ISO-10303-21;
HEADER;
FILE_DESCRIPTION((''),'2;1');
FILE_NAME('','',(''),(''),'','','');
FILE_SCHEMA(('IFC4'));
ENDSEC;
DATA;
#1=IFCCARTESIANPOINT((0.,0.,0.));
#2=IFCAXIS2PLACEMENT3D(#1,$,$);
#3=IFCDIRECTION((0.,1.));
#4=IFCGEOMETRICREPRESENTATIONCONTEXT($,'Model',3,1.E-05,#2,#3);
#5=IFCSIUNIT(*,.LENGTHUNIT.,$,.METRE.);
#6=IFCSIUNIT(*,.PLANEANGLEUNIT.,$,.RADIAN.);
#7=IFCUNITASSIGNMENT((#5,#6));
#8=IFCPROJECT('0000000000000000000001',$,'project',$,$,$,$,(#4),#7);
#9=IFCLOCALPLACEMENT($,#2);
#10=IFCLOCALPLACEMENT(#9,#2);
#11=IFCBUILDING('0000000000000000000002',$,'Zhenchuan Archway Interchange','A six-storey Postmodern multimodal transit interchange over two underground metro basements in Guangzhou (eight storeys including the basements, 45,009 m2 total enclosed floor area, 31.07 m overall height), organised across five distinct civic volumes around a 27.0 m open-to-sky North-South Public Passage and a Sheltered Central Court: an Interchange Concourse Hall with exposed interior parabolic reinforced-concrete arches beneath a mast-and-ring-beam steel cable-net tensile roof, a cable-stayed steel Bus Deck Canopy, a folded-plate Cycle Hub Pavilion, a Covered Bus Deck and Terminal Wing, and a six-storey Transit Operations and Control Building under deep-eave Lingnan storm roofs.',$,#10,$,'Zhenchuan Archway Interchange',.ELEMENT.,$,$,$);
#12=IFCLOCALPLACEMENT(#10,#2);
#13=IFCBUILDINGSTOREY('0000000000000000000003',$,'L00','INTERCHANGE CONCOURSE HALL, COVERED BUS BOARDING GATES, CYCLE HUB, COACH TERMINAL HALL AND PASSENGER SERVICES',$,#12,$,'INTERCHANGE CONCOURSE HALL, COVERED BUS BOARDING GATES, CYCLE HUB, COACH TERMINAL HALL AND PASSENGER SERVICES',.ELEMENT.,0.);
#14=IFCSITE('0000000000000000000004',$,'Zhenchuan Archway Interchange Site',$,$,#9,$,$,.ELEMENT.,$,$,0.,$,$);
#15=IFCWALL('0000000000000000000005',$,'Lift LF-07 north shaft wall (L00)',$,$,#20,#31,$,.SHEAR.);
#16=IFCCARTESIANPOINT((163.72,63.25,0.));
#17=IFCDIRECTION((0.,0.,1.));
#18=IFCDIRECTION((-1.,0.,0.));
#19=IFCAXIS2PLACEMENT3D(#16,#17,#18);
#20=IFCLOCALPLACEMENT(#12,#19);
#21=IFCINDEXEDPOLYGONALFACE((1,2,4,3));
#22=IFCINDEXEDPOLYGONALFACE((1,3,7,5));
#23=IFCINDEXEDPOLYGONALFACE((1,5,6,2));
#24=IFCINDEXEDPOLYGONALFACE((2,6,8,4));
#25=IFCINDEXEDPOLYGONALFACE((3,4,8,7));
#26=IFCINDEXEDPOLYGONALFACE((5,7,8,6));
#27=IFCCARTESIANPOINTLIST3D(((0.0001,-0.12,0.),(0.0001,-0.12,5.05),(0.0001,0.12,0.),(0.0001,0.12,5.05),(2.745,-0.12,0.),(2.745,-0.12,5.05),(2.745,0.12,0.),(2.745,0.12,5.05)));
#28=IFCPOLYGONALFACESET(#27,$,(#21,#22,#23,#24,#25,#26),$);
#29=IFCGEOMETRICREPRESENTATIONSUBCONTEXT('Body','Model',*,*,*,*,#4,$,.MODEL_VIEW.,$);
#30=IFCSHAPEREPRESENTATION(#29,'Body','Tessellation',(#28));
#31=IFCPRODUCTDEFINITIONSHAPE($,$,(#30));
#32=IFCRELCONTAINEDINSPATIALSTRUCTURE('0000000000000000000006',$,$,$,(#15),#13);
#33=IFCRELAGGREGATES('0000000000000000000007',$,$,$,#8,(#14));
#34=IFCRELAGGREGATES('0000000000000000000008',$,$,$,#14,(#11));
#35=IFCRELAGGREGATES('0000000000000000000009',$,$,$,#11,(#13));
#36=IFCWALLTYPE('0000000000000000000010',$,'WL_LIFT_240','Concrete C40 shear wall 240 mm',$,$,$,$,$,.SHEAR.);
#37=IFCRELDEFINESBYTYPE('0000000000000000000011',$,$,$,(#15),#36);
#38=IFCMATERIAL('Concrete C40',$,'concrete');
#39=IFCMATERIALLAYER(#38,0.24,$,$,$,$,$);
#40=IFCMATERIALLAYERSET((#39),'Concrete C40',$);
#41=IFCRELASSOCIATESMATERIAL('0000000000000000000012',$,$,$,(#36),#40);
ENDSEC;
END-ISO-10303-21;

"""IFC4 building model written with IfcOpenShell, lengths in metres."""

from ifc_helpers import new_model, si_unit, direction, frame, frame_2d, origin, place, context, subcontext, project, spatial, rectangle, extrude, material, layer, layer_set, type_object, element, save


model = new_model("IFC4")

# Units and contexts
model_context = context("Model", 3, precision=1e-05, world=origin(), true_north=direction((0.0, 1.0)))
body_context = subcontext(model_context, "Body", "Model", "MODEL_VIEW")
ifc_project = project(units=[si_unit("LENGTHUNIT", "METRE"), si_unit("PLANEANGLEUNIT", "RADIAN")], contexts=[model_context])

# Site, building, storey
site_placement = place(None, origin())
site = spatial("IfcSite", under=ifc_project, at=site_placement, Name="Zhenchuan Archway Interchange Site", CompositionType="ELEMENT", RefElevation=0.0)
building_placement = place(site_placement, origin())
building = spatial("IfcBuilding", under=site, at=building_placement, Name="Zhenchuan Archway Interchange", Description="A six-storey Postmodern multimodal transit interchange over two underground metro basements in Guangzhou (eight storeys including the basements, 45,009 m2 total enclosed floor area, 31.07 m overall height), organised across five distinct civic volumes around a 27.0 m open-to-sky North-South Public Passage and a Sheltered Central Court: an Interchange Concourse Hall with exposed interior parabolic reinforced-concrete arches beneath a mast-and-ring-beam steel cable-net tensile roof, a cable-stayed steel Bus Deck Canopy, a folded-plate Cycle Hub Pavilion, a Covered Bus Deck and Terminal Wing, and a six-storey Transit Operations and Control Building under deep-eave Lingnan storm roofs.", LongName="Zhenchuan Archway Interchange", CompositionType="ELEMENT")
storey_placement = place(building_placement, origin())
storey = spatial("IfcBuildingStorey", under=building, at=storey_placement, Name="L00", Description="INTERCHANGE CONCOURSE HALL, COVERED BUS BOARDING GATES, CYCLE HUB, COACH TERMINAL HALL AND PASSENGER SERVICES", LongName="INTERCHANGE CONCOURSE HALL, COVERED BUS BOARDING GATES, CYCLE HUB, COACH TERMINAL HALL AND PASSENGER SERVICES", CompositionType="ELEMENT", Elevation=0.0)

# Shared definitions
ifc_material_1 = material(Name="Concrete C40", Category="concrete")

# Shared definitions
ifc_layer_1 = layer(ifc_material_1, 0.24)
ifc_layer_set_1 = layer_set([ifc_layer_1], Name="Concrete C40")
wall_type_1 = type_object("IfcWallType", Name="WL_LIFT_240", Description="Concrete C40 shear wall 240 mm", PredefinedType="SHEAR", material=ifc_layer_set_1)

# Wall
wall_1_placement = place(storey_placement, frame((163.72, 63.25, 0.0), z_axis=(0.0, 0.0, 1.0), x_axis=(-1.0, 0.0, 0.0)))
element("IfcWall", 1, at=wall_1_placement, inside=storey, type_object=wall_type_1, Name="Lift LF-07 north shaft wall (L00)", PredefinedType="SHEAR", context=body_context, shape_type="SweptSolid", body=[
    extrude(rectangle(XDim=2.7449, YDim=0.24, at=frame_2d((1.3726, 0.0))), origin(), (0.0, 0.0, 1.0), 5.05),
])

save(model, "model.ifc")
